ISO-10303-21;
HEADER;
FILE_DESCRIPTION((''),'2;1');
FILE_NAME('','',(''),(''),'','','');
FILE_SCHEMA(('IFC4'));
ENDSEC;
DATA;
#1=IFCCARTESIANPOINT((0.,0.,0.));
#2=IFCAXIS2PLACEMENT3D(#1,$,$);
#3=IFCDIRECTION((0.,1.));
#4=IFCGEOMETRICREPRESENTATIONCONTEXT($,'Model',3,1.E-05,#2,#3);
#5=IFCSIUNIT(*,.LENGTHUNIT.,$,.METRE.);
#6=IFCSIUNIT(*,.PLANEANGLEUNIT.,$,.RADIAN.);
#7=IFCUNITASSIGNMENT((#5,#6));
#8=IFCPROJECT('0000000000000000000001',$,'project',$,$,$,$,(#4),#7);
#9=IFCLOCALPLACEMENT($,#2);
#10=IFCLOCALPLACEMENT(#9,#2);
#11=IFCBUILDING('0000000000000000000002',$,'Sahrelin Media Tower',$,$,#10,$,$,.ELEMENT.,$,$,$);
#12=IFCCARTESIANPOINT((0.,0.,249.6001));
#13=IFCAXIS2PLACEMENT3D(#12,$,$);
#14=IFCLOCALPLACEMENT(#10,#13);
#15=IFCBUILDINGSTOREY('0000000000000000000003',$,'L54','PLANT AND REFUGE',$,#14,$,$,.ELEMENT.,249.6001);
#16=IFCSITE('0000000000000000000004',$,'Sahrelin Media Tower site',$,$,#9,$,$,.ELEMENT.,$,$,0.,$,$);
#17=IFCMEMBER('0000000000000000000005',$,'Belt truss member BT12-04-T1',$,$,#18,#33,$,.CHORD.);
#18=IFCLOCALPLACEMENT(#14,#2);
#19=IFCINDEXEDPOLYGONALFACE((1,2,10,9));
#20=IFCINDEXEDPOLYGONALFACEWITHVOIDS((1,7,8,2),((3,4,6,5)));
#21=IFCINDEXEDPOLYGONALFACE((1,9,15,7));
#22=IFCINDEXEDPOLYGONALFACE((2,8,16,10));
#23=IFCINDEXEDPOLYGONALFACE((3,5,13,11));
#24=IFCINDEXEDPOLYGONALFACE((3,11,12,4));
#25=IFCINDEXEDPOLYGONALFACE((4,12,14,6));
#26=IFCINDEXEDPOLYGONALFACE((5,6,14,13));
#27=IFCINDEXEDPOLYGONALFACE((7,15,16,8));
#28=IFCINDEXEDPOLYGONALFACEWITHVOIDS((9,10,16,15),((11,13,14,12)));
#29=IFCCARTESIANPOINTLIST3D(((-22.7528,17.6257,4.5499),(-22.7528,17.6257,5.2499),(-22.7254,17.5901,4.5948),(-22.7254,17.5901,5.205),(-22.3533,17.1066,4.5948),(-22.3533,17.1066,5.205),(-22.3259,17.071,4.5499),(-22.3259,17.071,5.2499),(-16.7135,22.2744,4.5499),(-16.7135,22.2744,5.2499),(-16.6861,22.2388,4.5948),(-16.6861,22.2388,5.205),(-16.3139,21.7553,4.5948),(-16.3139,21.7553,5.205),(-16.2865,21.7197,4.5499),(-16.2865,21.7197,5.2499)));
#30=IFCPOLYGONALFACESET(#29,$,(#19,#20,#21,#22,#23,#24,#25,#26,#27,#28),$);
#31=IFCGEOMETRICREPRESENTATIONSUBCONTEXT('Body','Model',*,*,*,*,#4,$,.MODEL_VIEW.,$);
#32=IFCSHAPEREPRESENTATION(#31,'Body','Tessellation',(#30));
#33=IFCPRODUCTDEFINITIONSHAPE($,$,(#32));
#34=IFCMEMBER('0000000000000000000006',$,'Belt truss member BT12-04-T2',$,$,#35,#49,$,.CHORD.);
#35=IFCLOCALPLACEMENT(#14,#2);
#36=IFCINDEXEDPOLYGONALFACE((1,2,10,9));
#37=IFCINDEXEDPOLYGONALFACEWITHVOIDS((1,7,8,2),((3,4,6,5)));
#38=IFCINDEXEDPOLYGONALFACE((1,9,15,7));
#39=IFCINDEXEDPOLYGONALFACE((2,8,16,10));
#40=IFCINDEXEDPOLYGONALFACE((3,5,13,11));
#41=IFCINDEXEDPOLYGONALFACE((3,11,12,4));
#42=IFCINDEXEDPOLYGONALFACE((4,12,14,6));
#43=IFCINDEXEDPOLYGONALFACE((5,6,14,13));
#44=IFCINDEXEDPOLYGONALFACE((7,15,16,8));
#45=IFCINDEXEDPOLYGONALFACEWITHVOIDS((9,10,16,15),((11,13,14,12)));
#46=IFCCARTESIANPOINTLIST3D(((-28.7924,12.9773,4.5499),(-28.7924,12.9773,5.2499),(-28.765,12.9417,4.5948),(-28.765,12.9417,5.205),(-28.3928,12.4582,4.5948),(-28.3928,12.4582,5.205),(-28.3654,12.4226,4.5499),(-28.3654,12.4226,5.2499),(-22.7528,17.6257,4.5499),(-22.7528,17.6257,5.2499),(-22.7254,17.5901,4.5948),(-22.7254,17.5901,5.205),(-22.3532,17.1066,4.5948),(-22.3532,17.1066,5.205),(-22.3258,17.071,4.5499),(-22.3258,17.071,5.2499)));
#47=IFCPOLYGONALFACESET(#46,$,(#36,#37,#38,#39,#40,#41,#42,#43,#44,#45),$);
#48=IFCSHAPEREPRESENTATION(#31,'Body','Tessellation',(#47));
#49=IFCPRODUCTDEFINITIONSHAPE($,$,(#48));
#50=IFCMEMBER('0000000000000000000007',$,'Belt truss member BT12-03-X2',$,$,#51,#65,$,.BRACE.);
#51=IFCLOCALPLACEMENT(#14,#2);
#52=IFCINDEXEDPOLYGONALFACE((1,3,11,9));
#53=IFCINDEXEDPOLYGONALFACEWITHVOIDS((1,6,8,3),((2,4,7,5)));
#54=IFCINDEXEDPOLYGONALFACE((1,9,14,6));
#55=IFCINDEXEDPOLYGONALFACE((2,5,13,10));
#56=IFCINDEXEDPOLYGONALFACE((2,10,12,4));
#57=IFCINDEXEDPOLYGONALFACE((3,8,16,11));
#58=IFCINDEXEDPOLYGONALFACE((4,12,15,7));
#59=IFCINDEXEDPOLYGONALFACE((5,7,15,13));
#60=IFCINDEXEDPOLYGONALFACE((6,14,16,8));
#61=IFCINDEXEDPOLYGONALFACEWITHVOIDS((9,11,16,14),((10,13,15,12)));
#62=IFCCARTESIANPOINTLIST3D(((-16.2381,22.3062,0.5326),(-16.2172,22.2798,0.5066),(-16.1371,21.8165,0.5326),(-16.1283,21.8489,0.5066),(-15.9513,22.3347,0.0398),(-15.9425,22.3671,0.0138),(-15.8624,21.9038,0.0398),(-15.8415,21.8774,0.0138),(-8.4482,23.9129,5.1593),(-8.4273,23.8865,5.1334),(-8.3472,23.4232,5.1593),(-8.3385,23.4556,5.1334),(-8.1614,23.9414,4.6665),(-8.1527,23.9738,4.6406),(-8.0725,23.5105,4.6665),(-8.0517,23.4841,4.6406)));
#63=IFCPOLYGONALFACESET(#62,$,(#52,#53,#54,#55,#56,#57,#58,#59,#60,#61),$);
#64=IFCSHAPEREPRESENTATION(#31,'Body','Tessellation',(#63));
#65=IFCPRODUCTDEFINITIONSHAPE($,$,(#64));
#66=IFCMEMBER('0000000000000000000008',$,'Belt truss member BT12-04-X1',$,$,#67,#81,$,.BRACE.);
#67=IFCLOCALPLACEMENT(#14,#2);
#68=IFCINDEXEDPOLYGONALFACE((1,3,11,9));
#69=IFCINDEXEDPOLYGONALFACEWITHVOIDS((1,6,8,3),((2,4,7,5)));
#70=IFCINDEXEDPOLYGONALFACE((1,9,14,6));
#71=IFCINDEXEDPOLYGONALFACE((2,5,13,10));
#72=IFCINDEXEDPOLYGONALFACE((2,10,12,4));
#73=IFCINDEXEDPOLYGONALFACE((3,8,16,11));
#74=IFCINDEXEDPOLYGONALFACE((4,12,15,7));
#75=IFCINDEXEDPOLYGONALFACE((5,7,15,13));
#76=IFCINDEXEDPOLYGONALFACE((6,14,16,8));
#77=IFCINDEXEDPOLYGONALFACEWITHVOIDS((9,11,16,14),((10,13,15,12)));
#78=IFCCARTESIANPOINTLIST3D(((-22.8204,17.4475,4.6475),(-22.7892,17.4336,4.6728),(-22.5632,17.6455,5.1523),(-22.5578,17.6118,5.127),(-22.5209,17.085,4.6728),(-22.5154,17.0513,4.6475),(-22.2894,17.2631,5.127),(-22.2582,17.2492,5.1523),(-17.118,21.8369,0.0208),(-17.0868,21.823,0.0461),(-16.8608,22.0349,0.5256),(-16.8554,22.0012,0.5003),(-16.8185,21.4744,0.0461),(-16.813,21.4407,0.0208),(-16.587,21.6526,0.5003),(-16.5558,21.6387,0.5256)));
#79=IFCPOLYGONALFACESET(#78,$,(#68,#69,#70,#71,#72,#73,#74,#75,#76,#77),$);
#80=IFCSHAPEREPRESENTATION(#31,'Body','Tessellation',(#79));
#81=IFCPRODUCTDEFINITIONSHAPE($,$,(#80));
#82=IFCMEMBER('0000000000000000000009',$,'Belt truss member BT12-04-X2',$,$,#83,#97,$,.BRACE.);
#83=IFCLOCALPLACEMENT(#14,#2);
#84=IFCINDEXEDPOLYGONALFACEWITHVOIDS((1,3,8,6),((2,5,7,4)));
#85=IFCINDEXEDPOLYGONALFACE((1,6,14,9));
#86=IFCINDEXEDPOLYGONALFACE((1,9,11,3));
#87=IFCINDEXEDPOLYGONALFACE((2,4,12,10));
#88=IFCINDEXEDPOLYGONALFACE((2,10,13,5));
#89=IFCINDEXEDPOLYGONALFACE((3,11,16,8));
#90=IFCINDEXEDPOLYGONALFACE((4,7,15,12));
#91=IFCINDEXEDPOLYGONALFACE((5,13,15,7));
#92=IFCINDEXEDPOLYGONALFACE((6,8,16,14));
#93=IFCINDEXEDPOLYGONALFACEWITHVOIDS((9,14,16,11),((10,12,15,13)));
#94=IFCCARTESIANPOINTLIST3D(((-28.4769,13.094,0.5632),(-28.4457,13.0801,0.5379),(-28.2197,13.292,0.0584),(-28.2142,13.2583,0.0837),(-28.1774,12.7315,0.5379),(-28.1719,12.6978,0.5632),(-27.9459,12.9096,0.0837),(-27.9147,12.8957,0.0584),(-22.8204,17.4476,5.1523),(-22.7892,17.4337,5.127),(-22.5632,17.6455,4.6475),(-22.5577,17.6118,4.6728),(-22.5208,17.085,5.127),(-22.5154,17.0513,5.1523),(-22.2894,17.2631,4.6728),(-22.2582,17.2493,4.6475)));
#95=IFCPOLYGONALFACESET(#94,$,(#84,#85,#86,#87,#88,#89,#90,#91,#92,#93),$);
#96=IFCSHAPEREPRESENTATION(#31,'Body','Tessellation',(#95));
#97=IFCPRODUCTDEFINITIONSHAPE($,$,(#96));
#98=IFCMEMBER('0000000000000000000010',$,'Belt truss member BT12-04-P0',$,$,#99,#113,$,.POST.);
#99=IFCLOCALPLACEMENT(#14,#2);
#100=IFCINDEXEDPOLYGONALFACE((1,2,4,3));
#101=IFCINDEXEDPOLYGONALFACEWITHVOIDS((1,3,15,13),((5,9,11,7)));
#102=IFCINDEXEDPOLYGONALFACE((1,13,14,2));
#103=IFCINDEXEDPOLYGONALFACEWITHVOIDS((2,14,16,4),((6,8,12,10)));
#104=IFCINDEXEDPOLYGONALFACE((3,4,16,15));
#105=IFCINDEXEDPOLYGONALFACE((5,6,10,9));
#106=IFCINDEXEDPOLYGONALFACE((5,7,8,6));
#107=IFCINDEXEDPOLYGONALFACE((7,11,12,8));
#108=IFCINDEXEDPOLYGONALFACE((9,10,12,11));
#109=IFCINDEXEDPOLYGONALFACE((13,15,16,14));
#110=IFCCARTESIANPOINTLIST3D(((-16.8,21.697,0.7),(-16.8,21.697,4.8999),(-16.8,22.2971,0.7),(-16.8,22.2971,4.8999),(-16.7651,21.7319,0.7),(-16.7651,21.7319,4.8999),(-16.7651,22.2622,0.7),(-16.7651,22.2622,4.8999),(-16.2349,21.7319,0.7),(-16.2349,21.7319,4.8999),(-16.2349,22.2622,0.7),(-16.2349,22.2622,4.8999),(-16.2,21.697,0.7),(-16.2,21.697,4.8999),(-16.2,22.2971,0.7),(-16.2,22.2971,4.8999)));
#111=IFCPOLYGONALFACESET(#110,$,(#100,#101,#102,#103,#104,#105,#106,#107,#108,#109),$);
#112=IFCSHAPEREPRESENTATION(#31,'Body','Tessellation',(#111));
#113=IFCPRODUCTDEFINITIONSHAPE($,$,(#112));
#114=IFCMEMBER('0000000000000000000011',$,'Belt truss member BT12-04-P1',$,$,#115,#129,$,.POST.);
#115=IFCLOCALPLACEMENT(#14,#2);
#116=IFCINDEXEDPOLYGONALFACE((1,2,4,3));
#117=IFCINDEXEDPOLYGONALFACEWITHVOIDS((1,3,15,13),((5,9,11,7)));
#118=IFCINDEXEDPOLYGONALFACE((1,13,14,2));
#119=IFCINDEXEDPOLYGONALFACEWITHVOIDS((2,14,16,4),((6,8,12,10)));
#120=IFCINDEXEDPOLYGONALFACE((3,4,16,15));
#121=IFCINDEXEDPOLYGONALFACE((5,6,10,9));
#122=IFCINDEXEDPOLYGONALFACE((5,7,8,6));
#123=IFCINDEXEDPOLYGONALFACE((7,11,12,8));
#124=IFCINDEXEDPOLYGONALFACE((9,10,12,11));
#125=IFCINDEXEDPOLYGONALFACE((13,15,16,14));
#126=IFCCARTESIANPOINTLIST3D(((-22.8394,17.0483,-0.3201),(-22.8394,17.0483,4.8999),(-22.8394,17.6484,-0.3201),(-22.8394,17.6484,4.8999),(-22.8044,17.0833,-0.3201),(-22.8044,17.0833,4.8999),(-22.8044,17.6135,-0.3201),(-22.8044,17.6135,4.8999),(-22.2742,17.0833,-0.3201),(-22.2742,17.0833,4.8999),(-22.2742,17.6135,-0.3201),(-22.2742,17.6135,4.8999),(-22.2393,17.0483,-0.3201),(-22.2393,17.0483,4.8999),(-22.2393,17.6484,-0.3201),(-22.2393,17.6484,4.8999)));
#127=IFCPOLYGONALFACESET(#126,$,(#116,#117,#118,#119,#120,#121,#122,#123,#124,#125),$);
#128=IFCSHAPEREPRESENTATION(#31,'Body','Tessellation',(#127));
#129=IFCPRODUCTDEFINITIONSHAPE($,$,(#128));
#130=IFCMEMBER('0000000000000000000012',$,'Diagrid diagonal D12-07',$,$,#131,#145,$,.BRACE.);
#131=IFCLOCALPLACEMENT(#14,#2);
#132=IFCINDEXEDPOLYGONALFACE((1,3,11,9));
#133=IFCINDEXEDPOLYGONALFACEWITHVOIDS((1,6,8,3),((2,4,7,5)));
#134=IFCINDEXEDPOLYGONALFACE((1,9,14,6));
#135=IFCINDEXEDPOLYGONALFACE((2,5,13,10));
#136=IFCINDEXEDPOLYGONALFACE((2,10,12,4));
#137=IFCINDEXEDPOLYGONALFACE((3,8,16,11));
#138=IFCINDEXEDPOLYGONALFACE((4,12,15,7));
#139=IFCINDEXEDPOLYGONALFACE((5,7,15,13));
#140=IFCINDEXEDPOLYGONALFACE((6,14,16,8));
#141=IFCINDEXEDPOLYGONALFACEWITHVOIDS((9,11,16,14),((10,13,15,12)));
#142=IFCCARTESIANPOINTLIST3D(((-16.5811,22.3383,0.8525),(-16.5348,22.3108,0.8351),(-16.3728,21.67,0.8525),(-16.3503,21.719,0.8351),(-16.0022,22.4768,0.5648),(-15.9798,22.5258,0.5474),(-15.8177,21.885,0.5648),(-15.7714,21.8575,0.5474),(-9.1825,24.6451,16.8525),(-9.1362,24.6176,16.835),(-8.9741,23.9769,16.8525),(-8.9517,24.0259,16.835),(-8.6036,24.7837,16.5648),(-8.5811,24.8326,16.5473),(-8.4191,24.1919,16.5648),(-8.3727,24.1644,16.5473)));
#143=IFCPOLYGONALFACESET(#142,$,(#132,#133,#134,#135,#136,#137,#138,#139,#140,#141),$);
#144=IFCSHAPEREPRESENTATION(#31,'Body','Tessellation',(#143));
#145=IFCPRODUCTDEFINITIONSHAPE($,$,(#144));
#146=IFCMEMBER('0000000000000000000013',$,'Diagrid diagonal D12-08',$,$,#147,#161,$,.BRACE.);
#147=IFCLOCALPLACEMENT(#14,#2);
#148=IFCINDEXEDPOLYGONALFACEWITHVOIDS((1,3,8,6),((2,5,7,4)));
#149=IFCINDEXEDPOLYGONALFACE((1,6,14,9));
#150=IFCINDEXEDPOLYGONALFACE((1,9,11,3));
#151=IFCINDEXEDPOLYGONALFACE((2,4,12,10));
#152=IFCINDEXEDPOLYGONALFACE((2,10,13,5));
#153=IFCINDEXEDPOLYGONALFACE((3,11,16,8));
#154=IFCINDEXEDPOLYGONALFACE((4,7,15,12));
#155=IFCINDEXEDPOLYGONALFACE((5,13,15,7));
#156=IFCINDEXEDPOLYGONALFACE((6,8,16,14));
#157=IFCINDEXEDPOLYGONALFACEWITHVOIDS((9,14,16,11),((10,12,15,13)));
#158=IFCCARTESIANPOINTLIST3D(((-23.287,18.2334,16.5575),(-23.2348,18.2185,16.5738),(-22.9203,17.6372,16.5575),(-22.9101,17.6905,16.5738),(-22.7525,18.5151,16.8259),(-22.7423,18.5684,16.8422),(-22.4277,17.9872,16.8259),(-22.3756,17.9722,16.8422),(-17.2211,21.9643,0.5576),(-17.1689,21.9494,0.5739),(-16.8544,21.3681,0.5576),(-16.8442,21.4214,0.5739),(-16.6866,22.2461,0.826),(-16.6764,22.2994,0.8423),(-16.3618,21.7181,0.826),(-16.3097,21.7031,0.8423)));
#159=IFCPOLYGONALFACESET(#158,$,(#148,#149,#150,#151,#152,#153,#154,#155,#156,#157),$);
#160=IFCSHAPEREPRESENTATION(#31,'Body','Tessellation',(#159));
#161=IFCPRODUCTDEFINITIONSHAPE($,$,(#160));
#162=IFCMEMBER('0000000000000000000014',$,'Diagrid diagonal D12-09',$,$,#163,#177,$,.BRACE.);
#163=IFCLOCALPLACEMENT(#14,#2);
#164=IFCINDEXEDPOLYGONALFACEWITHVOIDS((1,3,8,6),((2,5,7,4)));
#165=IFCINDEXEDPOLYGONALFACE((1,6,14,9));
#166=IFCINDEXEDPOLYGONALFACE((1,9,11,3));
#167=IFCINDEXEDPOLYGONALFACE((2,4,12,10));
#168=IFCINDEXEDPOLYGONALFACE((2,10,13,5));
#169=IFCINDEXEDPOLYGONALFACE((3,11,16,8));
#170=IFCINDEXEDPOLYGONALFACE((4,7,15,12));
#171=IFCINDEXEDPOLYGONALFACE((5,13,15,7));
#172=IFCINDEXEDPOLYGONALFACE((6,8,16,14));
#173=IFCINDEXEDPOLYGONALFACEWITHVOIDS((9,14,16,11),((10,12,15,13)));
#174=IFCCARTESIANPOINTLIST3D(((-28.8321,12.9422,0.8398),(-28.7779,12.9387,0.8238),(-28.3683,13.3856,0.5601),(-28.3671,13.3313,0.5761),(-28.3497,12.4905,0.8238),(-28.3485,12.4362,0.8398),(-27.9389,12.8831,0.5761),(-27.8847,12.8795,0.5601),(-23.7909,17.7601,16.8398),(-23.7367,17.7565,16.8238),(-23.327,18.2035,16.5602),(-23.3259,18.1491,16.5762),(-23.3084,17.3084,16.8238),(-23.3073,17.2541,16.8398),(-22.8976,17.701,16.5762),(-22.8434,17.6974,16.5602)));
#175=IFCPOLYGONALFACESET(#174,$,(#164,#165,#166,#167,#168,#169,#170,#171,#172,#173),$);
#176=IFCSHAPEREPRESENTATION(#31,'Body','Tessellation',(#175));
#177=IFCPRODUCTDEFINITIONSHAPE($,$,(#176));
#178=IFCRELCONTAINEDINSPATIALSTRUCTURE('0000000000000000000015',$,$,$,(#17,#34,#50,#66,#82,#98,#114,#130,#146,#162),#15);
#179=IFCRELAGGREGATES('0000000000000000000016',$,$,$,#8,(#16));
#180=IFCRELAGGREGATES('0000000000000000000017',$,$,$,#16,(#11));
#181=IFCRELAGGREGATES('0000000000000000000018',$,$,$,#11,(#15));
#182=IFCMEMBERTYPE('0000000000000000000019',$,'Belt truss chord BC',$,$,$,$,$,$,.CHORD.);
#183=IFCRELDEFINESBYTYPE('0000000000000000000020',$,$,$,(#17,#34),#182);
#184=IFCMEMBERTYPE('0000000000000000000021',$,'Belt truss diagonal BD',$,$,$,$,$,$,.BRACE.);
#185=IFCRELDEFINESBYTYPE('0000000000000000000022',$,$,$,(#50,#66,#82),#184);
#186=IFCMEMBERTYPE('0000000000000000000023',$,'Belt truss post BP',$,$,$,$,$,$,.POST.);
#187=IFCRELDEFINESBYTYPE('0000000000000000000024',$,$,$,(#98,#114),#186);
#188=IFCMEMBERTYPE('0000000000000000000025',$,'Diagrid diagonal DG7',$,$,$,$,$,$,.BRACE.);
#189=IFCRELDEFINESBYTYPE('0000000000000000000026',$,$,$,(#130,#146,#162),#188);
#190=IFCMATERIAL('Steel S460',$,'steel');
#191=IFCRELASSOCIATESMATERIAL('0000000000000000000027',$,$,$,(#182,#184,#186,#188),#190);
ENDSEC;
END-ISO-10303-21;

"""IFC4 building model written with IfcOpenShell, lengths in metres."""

from ifc_helpers import new_model, si_unit, direction, frame, origin, origin_2d, place, context, subcontext, project, spatial, hollow_rectangle, extrude, material, material_profile, profile_set, type_object, element, save


model = new_model("IFC4")

# Units and contexts
model_context = context("Model", 3, precision=1e-05, world=origin(), true_north=direction((0.0, 1.0)))
body_context = subcontext(model_context, "Body", "Model", "MODEL_VIEW")
ifc_project = project(units=[si_unit("LENGTHUNIT", "METRE"), si_unit("PLANEANGLEUNIT", "RADIAN")], contexts=[model_context])

# Site, building, storey
site_placement = place(None, origin())
site = spatial("IfcSite", under=ifc_project, at=site_placement, Name="Sahrelin Media Tower site", CompositionType="ELEMENT", RefElevation=0.0)
building_placement = place(site_placement, origin())
building = spatial("IfcBuilding", under=site, at=building_placement, Name="Sahrelin Media Tower", CompositionType="ELEMENT")
storey_placement = place(building_placement, frame((0.0, 0.0, 249.6001)))
storey = spatial("IfcBuildingStorey", under=building, at=storey_placement, Name="L54", Description="PLANT AND REFUGE", CompositionType="ELEMENT", Elevation=249.6001)

# Members
ifc_material_1 = material(Name="Steel S460", Category="steel")
ifc_material_profile_1 = material_profile(ifc_material_1, hollow_rectangle(XDim=0.7, YDim=0.7, WallThickness=0.0449, at=origin_2d()), Name="Belt truss chord BC")
ifc_profile_set_1 = profile_set([ifc_material_profile_1], Name="Steel S460")
member_type_1 = type_object("IfcMemberType", Name="Belt truss chord BC", PredefinedType="CHORD", material=ifc_profile_set_1)
for number, where, z_axis, x_axis, name in (
    (1, (-16.5, 21.9971, 4.8999), (-0.79243, -0.609963, 0.0), (0.609963, -0.79243, 0.0), "Belt truss member BT12-04-T1"),
    (2, (-22.5393, 17.3484, 4.8999), (-0.792457, -0.609927, 0.0), (0.609927, -0.792457, 0.0), "Belt truss member BT12-04-T2"),
):
    element("IfcMember", number, at=place(storey_placement, frame(where, z_axis=z_axis, x_axis=x_axis)), inside=storey, type_object=member_type_1, Name=name, PredefinedType="CHORD", context=body_context, shape_type="SweptSolid", body=[
        extrude(hollow_rectangle(XDim=0.7, YDim=0.7, WallThickness=0.0449, at=origin_2d()), origin(), (0.0, 0.0, 1.0), 7.6213),
    ])
ifc_material_profile_2 = material_profile(ifc_material_1, hollow_rectangle(XDim=0.5, YDim=0.6001, WallThickness=0.03, at=origin_2d()), Name="Belt truss diagonal BD")
ifc_profile_set_2 = profile_set([ifc_material_profile_2], Name="Steel S460")
member_type_2 = type_object("IfcMemberType", Name="Belt truss diagonal BD", PredefinedType="BRACE", material=ifc_profile_set_2)
member_1_placement = place(storey_placement, frame((-16.0398, 22.0918, 0.2732), z_axis=(0.846573, 0.17461, 0.502818), x_axis=(-0.202004, 0.979385, 0.0)))
element("IfcMember", 3, at=member_1_placement, inside=storey, type_object=member_type_2, Name="Belt truss member BT12-03-X2", PredefinedType="BRACE", context=body_context, shape_type="SweptSolid", body=[
    extrude(hollow_rectangle(XDim=0.5, YDim=0.6001, WallThickness=0.03, at=origin_2d()), origin(), (0.0, 0.0, 1.0), 9.2017),
])
member_2_placement = place(storey_placement, frame((-16.8369, 21.7378, 0.2732), z_axis=(-0.666545, -0.513072, 0.54081), x_axis=(0.609968, -0.792426, 0.0)))
element("IfcMember", 4, at=member_2_placement, inside=storey, type_object=member_type_2, Name="Belt truss member BT12-04-X1", PredefinedType="BRACE", context=body_context, shape_type="SweptSolid", body=[
    extrude(hollow_rectangle(XDim=0.5, YDim=0.6001, WallThickness=0.03, at=origin_2d()), origin(), (0.0, 0.0, 1.0), 8.5552),
])
member_3_placement = place(storey_placement, frame((-28.1958, 12.9949, 0.3108), z_axis=(0.666583, 0.513035, 0.540798), x_axis=(-0.609919, 0.792464, 0.0)))
element("IfcMember", 5, at=member_3_placement, inside=storey, type_object=member_type_2, Name="Belt truss member BT12-04-X2", PredefinedType="BRACE", context=body_context, shape_type="SweptSolid", body=[
    extrude(hollow_rectangle(XDim=0.5, YDim=0.6001, WallThickness=0.03, at=origin_2d()), origin(), (0.0, 0.0, 1.0), 8.4858),
])
ifc_material_profile_3 = material_profile(ifc_material_1, hollow_rectangle(XDim=0.6001, YDim=0.6001, WallThickness=0.0349, at=origin_2d()), Name="Belt truss post BP")
ifc_profile_set_3 = profile_set([ifc_material_profile_3], Name="Steel S460")
member_type_3 = type_object("IfcMemberType", Name="Belt truss post BP", PredefinedType="POST", material=ifc_profile_set_3)
member_4_placement = place(storey_placement, frame((-16.5, 21.9971, 0.7), z_axis=(0.0, 0.0, 1.0), x_axis=(1.0, 0.0, 0.0)))
element("IfcMember", 6, at=member_4_placement, inside=storey, type_object=member_type_3, Name="Belt truss member BT12-04-P0", PredefinedType="POST", context=body_context, shape_type="SweptSolid", body=[
    extrude(hollow_rectangle(XDim=0.6001, YDim=0.6001, WallThickness=0.0349, at=origin_2d()), origin(), (0.0, 0.0, 1.0), 4.2),
])
member_5_placement = place(storey_placement, frame((-22.5393, 17.3484, -0.3201), z_axis=(0.0, 0.0, 1.0), x_axis=(1.0, 0.0, 0.0)))
element("IfcMember", 7, at=member_5_placement, inside=storey, type_object=member_type_3, Name="Belt truss member BT12-04-P1", PredefinedType="POST", context=body_context, shape_type="SweptSolid", body=[
    extrude(hollow_rectangle(XDim=0.6001, YDim=0.6001, WallThickness=0.0349, at=origin_2d()), origin(), (0.0, 0.0, 1.0), 5.22),
])
ifc_material_profile_4 = material_profile(ifc_material_1, hollow_rectangle(XDim=0.7, YDim=0.7, WallThickness=0.04, at=origin_2d()), Name="Diagrid diagonal DG7")
ifc_profile_set_4 = profile_set([ifc_material_profile_4], Name="Steel S460")
member_type_4 = type_object("IfcMemberType", Name="Diagrid diagonal DG7", PredefinedType="BRACE", material=ifc_profile_set_4)
member_6_placement = place(storey_placement, frame((-16.1763, 22.0979, 0.7), z_axis=(0.416167, 0.12976, 0.899982), x_axis=(-0.297663, 0.954671, 0.0)))
element("IfcMember", 8, at=member_6_placement, inside=storey, type_object=member_type_4, Name="Diagrid diagonal D12-07", PredefinedType="BRACE", context=body_context, shape_type="SweptSolid", body=[
    extrude(hollow_rectangle(XDim=0.7, YDim=0.7, WallThickness=0.04, at=origin_2d()), origin(), (0.0, 0.0, 1.0), 17.7781),
])
member_7_placement = place(storey_placement, frame((-16.7654, 21.8337, 0.7), z_axis=(-0.346361, -0.213036, 0.913592), x_axis=(0.523902, -0.851778, 0.0)))
element("IfcMember", 9, at=member_7_placement, inside=storey, type_object=member_type_4, Name="Diagrid diagonal D12-08", PredefinedType="BRACE", context=body_context, shape_type="SweptSolid", body=[
    extrude(hollow_rectangle(XDim=0.7, YDim=0.7, WallThickness=0.04, at=origin_2d()), origin(), (0.0, 0.0, 1.0), 17.5132),
])
member_8_placement = place(storey_placement, frame((-28.3584, 12.9109, 0.7), z_axis=(0.288839, 0.27604, 0.916719), x_axis=(-0.690908, 0.722943, 0.0)))
element("IfcMember", 10, at=member_8_placement, inside=storey, type_object=member_type_4, Name="Diagrid diagonal D12-09", PredefinedType="BRACE", context=body_context, shape_type="SweptSolid", body=[
    extrude(hollow_rectangle(XDim=0.7, YDim=0.7, WallThickness=0.04, at=origin_2d()), origin(), (0.0, 0.0, 1.0), 17.4536),
])

save(model, "model.ifc")
